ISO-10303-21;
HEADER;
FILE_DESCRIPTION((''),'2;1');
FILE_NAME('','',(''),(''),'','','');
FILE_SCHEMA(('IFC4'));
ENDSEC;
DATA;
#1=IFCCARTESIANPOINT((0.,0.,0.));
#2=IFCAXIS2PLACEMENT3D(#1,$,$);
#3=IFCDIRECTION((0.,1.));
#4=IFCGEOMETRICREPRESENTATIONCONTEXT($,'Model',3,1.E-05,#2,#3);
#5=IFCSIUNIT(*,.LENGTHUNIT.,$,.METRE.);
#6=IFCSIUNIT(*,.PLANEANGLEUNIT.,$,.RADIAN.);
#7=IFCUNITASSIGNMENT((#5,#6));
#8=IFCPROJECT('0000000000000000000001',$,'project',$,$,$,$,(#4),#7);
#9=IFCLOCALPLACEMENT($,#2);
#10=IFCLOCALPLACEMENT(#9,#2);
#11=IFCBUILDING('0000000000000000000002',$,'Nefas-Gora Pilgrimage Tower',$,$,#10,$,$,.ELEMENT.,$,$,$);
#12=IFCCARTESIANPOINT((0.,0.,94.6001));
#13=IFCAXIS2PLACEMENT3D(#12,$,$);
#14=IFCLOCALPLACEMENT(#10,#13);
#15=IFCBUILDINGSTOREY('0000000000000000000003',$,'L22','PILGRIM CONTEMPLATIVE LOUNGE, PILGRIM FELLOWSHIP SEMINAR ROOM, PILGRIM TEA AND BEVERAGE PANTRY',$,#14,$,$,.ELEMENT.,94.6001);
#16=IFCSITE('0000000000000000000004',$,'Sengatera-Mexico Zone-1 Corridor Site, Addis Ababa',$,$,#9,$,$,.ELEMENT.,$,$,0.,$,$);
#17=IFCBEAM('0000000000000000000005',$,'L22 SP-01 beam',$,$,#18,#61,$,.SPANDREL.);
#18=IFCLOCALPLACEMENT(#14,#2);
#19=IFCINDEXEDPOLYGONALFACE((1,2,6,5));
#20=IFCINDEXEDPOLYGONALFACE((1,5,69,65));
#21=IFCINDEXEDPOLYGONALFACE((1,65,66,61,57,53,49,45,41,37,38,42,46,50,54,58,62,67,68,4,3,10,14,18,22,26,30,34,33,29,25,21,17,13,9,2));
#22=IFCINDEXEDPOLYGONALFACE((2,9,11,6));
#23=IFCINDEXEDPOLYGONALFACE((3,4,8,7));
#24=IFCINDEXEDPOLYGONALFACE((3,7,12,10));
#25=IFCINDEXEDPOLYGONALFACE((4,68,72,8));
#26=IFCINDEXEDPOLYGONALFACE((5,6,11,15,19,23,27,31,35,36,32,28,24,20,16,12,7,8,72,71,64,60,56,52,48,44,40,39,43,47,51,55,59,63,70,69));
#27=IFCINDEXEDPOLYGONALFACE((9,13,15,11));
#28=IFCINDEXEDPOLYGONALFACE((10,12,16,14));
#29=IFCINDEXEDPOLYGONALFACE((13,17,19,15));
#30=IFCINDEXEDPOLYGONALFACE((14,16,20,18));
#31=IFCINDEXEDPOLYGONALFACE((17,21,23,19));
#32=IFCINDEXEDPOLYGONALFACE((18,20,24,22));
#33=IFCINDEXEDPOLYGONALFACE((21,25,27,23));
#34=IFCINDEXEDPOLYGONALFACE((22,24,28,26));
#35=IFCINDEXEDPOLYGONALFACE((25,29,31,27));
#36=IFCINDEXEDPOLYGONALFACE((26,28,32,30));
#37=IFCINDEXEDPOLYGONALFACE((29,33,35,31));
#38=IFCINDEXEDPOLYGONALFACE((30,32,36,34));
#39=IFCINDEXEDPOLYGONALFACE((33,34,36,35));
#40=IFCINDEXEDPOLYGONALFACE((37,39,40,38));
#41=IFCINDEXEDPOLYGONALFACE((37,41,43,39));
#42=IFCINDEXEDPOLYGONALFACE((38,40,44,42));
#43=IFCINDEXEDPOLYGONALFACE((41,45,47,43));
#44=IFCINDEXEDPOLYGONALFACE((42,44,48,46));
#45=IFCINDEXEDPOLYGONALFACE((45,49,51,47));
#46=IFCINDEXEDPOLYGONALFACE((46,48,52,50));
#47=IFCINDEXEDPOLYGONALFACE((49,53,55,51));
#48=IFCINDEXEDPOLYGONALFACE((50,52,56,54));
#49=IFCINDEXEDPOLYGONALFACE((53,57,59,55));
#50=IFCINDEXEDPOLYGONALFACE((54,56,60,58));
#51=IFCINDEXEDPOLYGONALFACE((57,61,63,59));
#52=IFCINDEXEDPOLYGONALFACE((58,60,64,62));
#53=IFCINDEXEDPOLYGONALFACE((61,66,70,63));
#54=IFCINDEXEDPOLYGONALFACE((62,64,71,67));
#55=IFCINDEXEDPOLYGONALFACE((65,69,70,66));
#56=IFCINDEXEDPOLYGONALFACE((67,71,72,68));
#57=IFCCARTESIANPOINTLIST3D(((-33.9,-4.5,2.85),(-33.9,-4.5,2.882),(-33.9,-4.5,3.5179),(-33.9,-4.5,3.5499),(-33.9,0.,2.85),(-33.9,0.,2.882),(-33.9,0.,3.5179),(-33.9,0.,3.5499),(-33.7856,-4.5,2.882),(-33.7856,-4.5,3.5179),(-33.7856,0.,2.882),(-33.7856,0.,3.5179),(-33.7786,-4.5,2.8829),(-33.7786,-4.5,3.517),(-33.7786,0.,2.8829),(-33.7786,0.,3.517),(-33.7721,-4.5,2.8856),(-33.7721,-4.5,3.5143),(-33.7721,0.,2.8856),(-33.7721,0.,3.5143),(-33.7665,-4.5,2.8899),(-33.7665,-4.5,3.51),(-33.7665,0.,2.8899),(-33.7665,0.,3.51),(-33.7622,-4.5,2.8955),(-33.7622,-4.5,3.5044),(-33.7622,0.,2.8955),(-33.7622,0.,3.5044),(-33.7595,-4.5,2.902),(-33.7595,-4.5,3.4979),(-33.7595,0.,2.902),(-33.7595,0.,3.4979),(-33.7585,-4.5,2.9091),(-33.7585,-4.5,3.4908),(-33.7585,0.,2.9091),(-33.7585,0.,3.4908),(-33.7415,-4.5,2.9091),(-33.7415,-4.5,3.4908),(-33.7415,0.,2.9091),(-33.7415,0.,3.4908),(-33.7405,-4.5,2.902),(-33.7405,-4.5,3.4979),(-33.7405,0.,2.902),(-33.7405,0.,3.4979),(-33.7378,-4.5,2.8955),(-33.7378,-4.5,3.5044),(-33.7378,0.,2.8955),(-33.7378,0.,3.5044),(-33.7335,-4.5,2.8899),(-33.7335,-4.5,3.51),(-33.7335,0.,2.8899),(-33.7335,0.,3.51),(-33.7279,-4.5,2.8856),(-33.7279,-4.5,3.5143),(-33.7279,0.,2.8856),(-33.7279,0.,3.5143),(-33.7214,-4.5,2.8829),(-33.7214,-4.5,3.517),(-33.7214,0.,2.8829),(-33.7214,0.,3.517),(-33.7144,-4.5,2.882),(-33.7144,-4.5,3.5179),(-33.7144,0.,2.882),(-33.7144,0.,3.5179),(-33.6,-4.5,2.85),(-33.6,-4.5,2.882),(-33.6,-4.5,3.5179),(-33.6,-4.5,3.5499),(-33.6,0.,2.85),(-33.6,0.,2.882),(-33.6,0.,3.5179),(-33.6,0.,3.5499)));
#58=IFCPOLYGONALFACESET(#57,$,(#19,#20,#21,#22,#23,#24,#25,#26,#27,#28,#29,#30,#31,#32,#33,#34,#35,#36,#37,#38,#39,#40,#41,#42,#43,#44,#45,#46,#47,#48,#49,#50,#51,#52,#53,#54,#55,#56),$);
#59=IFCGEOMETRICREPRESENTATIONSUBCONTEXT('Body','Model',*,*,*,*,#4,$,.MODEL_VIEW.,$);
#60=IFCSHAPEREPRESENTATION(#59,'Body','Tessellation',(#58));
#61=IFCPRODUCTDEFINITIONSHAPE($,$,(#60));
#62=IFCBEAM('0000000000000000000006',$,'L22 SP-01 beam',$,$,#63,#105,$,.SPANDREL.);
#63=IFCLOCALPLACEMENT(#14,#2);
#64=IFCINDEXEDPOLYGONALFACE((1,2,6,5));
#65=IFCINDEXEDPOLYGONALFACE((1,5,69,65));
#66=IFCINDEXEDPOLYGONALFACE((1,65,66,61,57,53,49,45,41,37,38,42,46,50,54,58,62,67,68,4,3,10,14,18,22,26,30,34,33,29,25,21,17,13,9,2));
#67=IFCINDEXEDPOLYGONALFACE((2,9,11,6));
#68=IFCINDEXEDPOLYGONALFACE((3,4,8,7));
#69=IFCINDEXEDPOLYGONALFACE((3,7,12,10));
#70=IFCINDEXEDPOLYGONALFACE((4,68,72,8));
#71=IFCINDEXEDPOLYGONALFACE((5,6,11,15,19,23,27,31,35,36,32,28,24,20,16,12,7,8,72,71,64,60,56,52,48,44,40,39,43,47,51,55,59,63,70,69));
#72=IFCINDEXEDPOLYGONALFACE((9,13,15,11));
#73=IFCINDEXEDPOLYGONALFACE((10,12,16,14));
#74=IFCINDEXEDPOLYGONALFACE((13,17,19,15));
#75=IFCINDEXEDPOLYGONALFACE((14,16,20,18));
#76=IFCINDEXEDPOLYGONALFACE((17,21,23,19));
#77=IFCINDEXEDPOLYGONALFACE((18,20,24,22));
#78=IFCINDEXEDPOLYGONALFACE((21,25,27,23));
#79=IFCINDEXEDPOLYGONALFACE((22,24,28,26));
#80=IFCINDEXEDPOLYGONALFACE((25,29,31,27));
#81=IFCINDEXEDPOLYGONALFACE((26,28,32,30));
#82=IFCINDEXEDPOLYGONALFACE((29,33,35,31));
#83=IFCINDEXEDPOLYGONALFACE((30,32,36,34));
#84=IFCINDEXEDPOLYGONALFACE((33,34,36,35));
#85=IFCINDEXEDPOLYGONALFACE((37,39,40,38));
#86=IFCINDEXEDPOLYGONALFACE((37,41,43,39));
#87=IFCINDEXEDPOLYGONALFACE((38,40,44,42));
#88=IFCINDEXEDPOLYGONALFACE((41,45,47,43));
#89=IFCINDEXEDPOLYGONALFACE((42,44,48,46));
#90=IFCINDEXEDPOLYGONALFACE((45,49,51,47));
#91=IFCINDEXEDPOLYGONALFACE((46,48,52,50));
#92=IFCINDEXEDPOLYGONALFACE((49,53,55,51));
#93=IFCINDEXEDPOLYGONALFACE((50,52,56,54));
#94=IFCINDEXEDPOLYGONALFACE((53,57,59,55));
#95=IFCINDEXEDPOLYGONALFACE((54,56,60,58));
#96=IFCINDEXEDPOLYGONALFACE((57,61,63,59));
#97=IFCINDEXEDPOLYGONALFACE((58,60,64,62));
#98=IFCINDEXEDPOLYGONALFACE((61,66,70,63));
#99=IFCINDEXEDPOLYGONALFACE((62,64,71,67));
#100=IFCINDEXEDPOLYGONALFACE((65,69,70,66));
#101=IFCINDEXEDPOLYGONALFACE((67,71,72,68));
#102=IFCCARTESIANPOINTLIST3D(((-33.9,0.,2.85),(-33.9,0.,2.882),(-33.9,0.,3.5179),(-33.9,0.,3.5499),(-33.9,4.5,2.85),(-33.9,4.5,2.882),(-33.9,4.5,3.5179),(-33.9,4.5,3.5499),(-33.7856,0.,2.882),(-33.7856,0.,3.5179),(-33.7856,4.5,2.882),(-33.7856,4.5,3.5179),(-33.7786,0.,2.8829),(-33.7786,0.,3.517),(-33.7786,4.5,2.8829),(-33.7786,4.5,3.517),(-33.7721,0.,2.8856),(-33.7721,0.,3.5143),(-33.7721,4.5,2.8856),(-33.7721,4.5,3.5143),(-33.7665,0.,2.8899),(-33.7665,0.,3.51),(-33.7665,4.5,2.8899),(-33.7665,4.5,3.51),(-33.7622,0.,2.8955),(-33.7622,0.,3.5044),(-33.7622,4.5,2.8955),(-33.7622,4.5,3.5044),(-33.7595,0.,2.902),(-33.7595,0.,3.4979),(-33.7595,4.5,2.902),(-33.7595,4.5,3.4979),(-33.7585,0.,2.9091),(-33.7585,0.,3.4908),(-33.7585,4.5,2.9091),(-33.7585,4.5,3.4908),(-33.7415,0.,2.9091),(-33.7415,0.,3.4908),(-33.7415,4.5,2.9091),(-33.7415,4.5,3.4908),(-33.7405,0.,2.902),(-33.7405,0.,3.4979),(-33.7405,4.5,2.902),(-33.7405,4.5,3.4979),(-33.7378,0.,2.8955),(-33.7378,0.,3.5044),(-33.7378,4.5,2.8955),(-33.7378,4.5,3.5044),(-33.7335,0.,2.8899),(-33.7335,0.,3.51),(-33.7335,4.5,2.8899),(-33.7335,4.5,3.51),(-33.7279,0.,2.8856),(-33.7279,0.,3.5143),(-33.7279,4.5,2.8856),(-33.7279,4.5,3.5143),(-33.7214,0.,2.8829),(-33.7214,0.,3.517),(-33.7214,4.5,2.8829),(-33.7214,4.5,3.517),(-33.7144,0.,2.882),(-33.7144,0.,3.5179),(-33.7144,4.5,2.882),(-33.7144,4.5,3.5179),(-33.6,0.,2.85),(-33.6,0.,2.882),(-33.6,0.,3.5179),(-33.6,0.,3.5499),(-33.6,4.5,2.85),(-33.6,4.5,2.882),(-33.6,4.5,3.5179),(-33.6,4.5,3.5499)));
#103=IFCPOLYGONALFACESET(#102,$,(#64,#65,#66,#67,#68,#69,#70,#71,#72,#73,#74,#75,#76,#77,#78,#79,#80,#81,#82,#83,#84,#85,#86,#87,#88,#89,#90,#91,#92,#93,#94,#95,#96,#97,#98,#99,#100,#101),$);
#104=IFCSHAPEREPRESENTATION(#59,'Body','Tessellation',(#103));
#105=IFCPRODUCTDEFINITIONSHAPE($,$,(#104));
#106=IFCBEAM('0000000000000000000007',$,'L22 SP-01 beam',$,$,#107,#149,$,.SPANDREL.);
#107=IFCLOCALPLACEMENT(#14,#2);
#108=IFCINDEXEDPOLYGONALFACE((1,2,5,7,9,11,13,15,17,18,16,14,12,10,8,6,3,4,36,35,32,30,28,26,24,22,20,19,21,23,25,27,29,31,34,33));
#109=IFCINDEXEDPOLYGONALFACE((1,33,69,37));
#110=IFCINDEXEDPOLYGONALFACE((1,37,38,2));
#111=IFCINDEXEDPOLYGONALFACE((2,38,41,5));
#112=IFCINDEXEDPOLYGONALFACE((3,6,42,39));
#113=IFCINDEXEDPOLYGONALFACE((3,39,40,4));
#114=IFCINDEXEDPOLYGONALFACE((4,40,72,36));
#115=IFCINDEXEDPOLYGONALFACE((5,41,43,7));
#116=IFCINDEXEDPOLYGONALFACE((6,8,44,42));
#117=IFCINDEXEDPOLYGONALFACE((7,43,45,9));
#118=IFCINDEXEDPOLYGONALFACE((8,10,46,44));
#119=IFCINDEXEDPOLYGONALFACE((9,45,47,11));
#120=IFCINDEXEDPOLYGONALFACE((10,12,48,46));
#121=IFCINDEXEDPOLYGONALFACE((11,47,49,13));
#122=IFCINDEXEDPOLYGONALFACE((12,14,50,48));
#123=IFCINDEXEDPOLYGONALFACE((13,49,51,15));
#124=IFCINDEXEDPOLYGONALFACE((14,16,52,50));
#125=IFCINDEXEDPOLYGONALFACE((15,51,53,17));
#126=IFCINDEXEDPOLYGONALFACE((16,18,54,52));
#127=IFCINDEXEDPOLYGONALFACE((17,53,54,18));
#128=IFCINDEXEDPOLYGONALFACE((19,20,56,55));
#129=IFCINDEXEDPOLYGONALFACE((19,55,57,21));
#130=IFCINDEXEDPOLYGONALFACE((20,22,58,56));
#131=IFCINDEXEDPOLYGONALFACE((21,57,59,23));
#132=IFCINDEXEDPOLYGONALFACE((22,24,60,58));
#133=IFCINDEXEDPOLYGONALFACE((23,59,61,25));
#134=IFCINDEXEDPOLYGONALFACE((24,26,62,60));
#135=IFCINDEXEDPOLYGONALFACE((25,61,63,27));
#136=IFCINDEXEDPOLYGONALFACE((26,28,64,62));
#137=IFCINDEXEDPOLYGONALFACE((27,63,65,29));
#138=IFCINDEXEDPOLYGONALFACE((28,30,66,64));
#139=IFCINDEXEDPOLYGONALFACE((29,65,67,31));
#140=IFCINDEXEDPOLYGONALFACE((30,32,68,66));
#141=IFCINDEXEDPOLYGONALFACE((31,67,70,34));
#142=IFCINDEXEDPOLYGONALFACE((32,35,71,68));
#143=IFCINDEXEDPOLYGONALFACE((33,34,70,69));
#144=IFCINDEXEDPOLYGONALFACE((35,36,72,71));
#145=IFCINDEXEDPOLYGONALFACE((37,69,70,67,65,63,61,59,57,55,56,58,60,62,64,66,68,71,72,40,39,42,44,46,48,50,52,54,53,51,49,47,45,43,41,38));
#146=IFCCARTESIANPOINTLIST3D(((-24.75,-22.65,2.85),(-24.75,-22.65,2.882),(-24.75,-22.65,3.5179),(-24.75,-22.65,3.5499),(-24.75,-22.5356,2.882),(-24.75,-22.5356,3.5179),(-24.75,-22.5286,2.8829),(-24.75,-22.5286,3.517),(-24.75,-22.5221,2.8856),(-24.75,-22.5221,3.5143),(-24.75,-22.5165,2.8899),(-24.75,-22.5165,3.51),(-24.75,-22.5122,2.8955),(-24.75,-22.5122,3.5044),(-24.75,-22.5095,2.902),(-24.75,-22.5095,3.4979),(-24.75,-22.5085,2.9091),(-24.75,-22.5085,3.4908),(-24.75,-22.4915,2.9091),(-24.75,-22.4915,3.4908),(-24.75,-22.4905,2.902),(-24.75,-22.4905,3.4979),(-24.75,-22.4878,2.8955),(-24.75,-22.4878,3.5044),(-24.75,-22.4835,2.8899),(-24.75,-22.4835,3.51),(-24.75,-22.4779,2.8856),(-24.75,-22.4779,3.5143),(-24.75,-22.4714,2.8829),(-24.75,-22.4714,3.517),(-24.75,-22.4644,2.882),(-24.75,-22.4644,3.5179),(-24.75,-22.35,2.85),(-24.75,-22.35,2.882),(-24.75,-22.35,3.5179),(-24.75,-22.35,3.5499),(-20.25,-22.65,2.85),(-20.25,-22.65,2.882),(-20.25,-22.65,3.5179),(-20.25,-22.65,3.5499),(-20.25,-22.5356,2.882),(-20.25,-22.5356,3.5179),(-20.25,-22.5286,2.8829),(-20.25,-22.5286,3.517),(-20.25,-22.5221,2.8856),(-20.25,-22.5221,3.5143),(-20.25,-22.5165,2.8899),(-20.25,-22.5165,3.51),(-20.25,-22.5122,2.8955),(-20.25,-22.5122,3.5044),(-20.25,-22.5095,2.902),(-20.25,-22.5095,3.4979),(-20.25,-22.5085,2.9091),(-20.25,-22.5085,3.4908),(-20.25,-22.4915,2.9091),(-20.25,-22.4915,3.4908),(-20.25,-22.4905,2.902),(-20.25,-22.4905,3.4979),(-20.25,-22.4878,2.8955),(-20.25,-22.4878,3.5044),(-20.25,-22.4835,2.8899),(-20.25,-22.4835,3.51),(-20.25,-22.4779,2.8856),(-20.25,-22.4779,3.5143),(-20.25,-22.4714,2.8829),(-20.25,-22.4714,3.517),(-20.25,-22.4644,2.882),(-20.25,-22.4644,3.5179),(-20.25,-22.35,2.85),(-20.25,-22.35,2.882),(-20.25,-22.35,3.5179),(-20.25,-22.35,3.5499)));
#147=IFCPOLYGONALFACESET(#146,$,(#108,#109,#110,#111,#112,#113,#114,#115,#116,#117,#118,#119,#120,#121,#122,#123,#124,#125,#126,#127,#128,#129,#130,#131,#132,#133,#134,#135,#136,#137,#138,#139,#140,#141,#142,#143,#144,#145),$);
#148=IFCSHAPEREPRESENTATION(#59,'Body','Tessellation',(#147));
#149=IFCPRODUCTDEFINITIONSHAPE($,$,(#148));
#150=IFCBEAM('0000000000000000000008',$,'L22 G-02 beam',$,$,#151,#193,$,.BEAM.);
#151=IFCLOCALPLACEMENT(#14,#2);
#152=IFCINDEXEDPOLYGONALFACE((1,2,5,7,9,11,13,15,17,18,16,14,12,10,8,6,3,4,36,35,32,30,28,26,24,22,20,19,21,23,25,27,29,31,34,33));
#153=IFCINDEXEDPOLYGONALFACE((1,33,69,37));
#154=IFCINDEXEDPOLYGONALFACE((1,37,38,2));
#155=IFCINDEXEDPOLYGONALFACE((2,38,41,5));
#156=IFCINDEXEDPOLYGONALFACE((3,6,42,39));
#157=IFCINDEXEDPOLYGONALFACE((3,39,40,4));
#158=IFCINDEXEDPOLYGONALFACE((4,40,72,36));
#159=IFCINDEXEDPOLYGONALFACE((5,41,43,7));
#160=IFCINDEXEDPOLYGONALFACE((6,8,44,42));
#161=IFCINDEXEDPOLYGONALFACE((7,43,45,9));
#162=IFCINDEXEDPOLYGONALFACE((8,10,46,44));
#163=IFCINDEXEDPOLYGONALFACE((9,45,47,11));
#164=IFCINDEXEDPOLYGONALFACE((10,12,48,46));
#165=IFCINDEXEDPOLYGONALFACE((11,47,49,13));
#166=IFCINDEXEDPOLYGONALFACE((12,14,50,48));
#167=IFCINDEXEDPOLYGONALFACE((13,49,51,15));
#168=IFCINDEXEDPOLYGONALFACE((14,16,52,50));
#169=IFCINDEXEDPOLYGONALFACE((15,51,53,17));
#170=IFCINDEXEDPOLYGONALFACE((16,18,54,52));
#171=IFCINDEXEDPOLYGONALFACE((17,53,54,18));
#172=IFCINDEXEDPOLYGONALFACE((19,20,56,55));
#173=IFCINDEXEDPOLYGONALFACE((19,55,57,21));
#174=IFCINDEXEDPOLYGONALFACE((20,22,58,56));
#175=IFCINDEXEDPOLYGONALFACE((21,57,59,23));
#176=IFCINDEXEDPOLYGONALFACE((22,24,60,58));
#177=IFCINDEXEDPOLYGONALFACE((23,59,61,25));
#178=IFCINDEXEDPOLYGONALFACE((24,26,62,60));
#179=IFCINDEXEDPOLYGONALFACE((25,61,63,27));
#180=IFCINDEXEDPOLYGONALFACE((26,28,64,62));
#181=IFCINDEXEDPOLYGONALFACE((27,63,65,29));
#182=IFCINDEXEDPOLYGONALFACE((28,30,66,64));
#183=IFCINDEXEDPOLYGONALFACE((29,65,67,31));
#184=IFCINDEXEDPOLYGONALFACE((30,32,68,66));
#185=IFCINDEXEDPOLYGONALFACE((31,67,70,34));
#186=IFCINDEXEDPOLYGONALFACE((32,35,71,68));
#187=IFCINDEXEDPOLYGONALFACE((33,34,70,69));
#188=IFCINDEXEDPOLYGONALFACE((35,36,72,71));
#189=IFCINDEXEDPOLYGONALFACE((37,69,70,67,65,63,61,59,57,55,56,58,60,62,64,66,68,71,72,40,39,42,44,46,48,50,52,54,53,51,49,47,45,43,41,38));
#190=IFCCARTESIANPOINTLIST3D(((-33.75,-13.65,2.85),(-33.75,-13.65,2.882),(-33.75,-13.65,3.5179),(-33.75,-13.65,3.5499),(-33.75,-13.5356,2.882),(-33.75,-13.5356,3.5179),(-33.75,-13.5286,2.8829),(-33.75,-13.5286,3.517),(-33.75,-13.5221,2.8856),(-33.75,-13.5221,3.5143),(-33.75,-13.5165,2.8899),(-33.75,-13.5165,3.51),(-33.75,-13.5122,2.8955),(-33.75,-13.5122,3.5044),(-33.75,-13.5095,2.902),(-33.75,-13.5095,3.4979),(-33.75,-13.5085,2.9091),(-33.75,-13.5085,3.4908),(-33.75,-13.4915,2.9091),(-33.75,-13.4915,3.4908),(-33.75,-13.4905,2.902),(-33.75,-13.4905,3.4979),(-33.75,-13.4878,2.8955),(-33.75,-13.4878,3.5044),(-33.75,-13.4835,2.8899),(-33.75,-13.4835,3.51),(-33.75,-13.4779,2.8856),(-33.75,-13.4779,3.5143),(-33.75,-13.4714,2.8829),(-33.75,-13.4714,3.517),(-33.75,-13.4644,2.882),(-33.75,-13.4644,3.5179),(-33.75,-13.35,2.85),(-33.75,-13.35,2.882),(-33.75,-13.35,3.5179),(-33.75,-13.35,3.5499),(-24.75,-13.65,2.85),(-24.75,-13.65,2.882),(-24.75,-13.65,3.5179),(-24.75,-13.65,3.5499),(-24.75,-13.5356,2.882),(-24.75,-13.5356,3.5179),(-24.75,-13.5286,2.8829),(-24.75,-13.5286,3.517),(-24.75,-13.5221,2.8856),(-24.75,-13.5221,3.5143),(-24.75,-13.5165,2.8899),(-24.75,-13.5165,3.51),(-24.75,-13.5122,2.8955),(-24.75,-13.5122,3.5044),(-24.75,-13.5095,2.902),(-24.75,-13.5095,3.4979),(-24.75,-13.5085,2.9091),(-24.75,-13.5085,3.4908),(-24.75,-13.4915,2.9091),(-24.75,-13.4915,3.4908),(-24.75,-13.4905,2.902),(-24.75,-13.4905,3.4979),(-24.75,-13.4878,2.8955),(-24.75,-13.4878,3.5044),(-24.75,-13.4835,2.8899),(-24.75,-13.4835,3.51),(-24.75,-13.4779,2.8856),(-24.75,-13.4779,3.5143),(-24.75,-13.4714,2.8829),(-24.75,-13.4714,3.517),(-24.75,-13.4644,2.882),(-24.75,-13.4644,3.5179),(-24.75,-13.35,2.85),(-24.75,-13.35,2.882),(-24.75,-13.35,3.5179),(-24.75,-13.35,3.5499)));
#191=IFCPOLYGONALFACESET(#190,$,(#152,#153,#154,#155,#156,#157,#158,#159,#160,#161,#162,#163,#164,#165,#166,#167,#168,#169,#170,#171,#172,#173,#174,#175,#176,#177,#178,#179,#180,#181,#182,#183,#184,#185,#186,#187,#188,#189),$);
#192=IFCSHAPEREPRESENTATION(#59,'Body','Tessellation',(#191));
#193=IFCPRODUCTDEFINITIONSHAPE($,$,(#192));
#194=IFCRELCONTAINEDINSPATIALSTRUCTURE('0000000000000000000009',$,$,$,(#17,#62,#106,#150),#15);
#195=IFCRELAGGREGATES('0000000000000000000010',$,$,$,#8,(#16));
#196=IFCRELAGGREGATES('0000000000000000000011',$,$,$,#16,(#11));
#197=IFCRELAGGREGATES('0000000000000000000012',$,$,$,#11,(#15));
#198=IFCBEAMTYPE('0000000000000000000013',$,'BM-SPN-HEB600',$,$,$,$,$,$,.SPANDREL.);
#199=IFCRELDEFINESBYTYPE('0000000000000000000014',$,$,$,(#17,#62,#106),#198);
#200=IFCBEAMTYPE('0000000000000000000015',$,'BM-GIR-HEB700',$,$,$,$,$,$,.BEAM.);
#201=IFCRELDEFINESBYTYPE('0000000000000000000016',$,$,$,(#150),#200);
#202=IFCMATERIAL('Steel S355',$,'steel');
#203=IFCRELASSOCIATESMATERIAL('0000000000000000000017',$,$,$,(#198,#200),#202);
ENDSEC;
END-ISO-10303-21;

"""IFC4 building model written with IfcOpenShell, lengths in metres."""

from ifc_helpers import new_model, si_unit, direction, frame, origin, origin_2d, place, context, subcontext, project, spatial, i_section, extrude, source, transform, mapped, material, material_profile, profile_set, type_object, element, save


model = new_model("IFC4")

# Units and contexts
model_context = context("Model", 3, precision=1e-05, world=origin(), true_north=direction((0.0, 1.0)))
body_context = subcontext(model_context, "Body", "Model", "MODEL_VIEW")
ifc_project = project(units=[si_unit("LENGTHUNIT", "METRE"), si_unit("PLANEANGLEUNIT", "RADIAN")], contexts=[model_context])

# Site, building, storey
site_placement = place(None, origin())
site = spatial("IfcSite", under=ifc_project, at=site_placement, Name="Sengatera-Mexico Zone-1 Corridor Site, Addis Ababa", CompositionType="ELEMENT", RefElevation=0.0)
building_placement = place(site_placement, origin())
building = spatial("IfcBuilding", under=site, at=building_placement, Name="Nefas-Gora Pilgrimage Tower", CompositionType="ELEMENT")
storey_placement = place(building_placement, frame((0.0, 0.0, 94.6001)))
storey = spatial("IfcBuildingStorey", under=building, at=storey_placement, Name="L22", Description="PILGRIM CONTEMPLATIVE LOUNGE, PILGRIM FELLOWSHIP SEMINAR ROOM, PILGRIM TEA AND BEVERAGE PANTRY", CompositionType="ELEMENT", Elevation=94.6001)

# Beams
ifc_material_1 = material(Name="Steel S355", Category="steel")
ifc_material_profile_1 = material_profile(ifc_material_1, i_section(OverallWidth=0.3, OverallDepth=0.7, WebThickness=0.0171, FlangeThickness=0.032, FilletRadius=0.0271, at=origin_2d()), Name="HEB 700")
ifc_profile_set_1 = profile_set([ifc_material_profile_1], Name="Steel S355")
beam_type_1 = type_object("IfcBeamType", Name="BM-SPN-HEB600", PredefinedType="SPANDREL", material=ifc_profile_set_1)
shared_shape_1 = source(origin(), body_context, "Body", "SweptSolid", [
    extrude(i_section(OverallWidth=0.3, OverallDepth=0.7, WebThickness=0.0171, FlangeThickness=0.032, FilletRadius=0.0271, at=origin_2d()), origin(), (0.0, 0.0, 1.0), 4.5),
])
for number, where, z_axis, x_axis, name in (
    (1, (-33.75, -4.5, 3.2), (0.0, 1.0, 0.0), (-1.0, 0.0, 0.0), "L22 SP-01 beam"),
    (2, (-33.75, 0.0, 3.2), (0.0, 1.0, 0.0), (-1.0, 0.0, 0.0), "L22 SP-01 beam"),
    (3, (-24.75, -22.5, 3.2), (1.0, 0.0, 0.0), (0.0, 1.0, 0.0), "L22 SP-01 beam"),
):
    element("IfcBeam", number, at=place(storey_placement, frame(where, z_axis=z_axis, x_axis=x_axis)), inside=storey, type_object=beam_type_1, Name=name, PredefinedType="SPANDREL", context=body_context, shape_type="MappedRepresentation", body=[
        mapped(shared_shape_1, transform((0.0, 0.0, 0.0), x_axis=(1.0, 0.0, 0.0), y_axis=(0.0, 1.0, 0.0), z_axis=(0.0, 0.0, 1.0), scale=1.0)),
    ])
ifc_material_profile_2 = material_profile(ifc_material_1, i_section(OverallWidth=0.3, OverallDepth=0.7, WebThickness=0.0171, FlangeThickness=0.032, FilletRadius=0.0271, at=origin_2d()), Name="HEB 700")
ifc_profile_set_2 = profile_set([ifc_material_profile_2], Name="Steel S355")
beam_type_2 = type_object("IfcBeamType", Name="BM-GIR-HEB700", PredefinedType="BEAM", material=ifc_profile_set_2)
shared_shape_2 = source(origin(), body_context, "Body", "SweptSolid", [
    extrude(i_section(OverallWidth=0.3, OverallDepth=0.7, WebThickness=0.0171, FlangeThickness=0.032, FilletRadius=0.0271, at=origin_2d()), origin(), (0.0, 0.0, 1.0), 9.0),
])
for number, where, z_axis, x_axis, name in (
    (4, (-33.75, -13.5, 3.2), (1.0, 0.0, 0.0), (0.0, 1.0, 0.0), "L22 G-02 beam"),
):
    element("IfcBeam", number, at=place(storey_placement, frame(where, z_axis=z_axis, x_axis=x_axis)), inside=storey, type_object=beam_type_2, Name=name, PredefinedType="BEAM", context=body_context, shape_type="MappedRepresentation", body=[
        mapped(shared_shape_2, transform((0.0, 0.0, 0.0), x_axis=(1.0, 0.0, 0.0), y_axis=(0.0, 1.0, 0.0), z_axis=(0.0, 0.0, 1.0), scale=1.0)),
    ])

save(model, "model.ifc")
